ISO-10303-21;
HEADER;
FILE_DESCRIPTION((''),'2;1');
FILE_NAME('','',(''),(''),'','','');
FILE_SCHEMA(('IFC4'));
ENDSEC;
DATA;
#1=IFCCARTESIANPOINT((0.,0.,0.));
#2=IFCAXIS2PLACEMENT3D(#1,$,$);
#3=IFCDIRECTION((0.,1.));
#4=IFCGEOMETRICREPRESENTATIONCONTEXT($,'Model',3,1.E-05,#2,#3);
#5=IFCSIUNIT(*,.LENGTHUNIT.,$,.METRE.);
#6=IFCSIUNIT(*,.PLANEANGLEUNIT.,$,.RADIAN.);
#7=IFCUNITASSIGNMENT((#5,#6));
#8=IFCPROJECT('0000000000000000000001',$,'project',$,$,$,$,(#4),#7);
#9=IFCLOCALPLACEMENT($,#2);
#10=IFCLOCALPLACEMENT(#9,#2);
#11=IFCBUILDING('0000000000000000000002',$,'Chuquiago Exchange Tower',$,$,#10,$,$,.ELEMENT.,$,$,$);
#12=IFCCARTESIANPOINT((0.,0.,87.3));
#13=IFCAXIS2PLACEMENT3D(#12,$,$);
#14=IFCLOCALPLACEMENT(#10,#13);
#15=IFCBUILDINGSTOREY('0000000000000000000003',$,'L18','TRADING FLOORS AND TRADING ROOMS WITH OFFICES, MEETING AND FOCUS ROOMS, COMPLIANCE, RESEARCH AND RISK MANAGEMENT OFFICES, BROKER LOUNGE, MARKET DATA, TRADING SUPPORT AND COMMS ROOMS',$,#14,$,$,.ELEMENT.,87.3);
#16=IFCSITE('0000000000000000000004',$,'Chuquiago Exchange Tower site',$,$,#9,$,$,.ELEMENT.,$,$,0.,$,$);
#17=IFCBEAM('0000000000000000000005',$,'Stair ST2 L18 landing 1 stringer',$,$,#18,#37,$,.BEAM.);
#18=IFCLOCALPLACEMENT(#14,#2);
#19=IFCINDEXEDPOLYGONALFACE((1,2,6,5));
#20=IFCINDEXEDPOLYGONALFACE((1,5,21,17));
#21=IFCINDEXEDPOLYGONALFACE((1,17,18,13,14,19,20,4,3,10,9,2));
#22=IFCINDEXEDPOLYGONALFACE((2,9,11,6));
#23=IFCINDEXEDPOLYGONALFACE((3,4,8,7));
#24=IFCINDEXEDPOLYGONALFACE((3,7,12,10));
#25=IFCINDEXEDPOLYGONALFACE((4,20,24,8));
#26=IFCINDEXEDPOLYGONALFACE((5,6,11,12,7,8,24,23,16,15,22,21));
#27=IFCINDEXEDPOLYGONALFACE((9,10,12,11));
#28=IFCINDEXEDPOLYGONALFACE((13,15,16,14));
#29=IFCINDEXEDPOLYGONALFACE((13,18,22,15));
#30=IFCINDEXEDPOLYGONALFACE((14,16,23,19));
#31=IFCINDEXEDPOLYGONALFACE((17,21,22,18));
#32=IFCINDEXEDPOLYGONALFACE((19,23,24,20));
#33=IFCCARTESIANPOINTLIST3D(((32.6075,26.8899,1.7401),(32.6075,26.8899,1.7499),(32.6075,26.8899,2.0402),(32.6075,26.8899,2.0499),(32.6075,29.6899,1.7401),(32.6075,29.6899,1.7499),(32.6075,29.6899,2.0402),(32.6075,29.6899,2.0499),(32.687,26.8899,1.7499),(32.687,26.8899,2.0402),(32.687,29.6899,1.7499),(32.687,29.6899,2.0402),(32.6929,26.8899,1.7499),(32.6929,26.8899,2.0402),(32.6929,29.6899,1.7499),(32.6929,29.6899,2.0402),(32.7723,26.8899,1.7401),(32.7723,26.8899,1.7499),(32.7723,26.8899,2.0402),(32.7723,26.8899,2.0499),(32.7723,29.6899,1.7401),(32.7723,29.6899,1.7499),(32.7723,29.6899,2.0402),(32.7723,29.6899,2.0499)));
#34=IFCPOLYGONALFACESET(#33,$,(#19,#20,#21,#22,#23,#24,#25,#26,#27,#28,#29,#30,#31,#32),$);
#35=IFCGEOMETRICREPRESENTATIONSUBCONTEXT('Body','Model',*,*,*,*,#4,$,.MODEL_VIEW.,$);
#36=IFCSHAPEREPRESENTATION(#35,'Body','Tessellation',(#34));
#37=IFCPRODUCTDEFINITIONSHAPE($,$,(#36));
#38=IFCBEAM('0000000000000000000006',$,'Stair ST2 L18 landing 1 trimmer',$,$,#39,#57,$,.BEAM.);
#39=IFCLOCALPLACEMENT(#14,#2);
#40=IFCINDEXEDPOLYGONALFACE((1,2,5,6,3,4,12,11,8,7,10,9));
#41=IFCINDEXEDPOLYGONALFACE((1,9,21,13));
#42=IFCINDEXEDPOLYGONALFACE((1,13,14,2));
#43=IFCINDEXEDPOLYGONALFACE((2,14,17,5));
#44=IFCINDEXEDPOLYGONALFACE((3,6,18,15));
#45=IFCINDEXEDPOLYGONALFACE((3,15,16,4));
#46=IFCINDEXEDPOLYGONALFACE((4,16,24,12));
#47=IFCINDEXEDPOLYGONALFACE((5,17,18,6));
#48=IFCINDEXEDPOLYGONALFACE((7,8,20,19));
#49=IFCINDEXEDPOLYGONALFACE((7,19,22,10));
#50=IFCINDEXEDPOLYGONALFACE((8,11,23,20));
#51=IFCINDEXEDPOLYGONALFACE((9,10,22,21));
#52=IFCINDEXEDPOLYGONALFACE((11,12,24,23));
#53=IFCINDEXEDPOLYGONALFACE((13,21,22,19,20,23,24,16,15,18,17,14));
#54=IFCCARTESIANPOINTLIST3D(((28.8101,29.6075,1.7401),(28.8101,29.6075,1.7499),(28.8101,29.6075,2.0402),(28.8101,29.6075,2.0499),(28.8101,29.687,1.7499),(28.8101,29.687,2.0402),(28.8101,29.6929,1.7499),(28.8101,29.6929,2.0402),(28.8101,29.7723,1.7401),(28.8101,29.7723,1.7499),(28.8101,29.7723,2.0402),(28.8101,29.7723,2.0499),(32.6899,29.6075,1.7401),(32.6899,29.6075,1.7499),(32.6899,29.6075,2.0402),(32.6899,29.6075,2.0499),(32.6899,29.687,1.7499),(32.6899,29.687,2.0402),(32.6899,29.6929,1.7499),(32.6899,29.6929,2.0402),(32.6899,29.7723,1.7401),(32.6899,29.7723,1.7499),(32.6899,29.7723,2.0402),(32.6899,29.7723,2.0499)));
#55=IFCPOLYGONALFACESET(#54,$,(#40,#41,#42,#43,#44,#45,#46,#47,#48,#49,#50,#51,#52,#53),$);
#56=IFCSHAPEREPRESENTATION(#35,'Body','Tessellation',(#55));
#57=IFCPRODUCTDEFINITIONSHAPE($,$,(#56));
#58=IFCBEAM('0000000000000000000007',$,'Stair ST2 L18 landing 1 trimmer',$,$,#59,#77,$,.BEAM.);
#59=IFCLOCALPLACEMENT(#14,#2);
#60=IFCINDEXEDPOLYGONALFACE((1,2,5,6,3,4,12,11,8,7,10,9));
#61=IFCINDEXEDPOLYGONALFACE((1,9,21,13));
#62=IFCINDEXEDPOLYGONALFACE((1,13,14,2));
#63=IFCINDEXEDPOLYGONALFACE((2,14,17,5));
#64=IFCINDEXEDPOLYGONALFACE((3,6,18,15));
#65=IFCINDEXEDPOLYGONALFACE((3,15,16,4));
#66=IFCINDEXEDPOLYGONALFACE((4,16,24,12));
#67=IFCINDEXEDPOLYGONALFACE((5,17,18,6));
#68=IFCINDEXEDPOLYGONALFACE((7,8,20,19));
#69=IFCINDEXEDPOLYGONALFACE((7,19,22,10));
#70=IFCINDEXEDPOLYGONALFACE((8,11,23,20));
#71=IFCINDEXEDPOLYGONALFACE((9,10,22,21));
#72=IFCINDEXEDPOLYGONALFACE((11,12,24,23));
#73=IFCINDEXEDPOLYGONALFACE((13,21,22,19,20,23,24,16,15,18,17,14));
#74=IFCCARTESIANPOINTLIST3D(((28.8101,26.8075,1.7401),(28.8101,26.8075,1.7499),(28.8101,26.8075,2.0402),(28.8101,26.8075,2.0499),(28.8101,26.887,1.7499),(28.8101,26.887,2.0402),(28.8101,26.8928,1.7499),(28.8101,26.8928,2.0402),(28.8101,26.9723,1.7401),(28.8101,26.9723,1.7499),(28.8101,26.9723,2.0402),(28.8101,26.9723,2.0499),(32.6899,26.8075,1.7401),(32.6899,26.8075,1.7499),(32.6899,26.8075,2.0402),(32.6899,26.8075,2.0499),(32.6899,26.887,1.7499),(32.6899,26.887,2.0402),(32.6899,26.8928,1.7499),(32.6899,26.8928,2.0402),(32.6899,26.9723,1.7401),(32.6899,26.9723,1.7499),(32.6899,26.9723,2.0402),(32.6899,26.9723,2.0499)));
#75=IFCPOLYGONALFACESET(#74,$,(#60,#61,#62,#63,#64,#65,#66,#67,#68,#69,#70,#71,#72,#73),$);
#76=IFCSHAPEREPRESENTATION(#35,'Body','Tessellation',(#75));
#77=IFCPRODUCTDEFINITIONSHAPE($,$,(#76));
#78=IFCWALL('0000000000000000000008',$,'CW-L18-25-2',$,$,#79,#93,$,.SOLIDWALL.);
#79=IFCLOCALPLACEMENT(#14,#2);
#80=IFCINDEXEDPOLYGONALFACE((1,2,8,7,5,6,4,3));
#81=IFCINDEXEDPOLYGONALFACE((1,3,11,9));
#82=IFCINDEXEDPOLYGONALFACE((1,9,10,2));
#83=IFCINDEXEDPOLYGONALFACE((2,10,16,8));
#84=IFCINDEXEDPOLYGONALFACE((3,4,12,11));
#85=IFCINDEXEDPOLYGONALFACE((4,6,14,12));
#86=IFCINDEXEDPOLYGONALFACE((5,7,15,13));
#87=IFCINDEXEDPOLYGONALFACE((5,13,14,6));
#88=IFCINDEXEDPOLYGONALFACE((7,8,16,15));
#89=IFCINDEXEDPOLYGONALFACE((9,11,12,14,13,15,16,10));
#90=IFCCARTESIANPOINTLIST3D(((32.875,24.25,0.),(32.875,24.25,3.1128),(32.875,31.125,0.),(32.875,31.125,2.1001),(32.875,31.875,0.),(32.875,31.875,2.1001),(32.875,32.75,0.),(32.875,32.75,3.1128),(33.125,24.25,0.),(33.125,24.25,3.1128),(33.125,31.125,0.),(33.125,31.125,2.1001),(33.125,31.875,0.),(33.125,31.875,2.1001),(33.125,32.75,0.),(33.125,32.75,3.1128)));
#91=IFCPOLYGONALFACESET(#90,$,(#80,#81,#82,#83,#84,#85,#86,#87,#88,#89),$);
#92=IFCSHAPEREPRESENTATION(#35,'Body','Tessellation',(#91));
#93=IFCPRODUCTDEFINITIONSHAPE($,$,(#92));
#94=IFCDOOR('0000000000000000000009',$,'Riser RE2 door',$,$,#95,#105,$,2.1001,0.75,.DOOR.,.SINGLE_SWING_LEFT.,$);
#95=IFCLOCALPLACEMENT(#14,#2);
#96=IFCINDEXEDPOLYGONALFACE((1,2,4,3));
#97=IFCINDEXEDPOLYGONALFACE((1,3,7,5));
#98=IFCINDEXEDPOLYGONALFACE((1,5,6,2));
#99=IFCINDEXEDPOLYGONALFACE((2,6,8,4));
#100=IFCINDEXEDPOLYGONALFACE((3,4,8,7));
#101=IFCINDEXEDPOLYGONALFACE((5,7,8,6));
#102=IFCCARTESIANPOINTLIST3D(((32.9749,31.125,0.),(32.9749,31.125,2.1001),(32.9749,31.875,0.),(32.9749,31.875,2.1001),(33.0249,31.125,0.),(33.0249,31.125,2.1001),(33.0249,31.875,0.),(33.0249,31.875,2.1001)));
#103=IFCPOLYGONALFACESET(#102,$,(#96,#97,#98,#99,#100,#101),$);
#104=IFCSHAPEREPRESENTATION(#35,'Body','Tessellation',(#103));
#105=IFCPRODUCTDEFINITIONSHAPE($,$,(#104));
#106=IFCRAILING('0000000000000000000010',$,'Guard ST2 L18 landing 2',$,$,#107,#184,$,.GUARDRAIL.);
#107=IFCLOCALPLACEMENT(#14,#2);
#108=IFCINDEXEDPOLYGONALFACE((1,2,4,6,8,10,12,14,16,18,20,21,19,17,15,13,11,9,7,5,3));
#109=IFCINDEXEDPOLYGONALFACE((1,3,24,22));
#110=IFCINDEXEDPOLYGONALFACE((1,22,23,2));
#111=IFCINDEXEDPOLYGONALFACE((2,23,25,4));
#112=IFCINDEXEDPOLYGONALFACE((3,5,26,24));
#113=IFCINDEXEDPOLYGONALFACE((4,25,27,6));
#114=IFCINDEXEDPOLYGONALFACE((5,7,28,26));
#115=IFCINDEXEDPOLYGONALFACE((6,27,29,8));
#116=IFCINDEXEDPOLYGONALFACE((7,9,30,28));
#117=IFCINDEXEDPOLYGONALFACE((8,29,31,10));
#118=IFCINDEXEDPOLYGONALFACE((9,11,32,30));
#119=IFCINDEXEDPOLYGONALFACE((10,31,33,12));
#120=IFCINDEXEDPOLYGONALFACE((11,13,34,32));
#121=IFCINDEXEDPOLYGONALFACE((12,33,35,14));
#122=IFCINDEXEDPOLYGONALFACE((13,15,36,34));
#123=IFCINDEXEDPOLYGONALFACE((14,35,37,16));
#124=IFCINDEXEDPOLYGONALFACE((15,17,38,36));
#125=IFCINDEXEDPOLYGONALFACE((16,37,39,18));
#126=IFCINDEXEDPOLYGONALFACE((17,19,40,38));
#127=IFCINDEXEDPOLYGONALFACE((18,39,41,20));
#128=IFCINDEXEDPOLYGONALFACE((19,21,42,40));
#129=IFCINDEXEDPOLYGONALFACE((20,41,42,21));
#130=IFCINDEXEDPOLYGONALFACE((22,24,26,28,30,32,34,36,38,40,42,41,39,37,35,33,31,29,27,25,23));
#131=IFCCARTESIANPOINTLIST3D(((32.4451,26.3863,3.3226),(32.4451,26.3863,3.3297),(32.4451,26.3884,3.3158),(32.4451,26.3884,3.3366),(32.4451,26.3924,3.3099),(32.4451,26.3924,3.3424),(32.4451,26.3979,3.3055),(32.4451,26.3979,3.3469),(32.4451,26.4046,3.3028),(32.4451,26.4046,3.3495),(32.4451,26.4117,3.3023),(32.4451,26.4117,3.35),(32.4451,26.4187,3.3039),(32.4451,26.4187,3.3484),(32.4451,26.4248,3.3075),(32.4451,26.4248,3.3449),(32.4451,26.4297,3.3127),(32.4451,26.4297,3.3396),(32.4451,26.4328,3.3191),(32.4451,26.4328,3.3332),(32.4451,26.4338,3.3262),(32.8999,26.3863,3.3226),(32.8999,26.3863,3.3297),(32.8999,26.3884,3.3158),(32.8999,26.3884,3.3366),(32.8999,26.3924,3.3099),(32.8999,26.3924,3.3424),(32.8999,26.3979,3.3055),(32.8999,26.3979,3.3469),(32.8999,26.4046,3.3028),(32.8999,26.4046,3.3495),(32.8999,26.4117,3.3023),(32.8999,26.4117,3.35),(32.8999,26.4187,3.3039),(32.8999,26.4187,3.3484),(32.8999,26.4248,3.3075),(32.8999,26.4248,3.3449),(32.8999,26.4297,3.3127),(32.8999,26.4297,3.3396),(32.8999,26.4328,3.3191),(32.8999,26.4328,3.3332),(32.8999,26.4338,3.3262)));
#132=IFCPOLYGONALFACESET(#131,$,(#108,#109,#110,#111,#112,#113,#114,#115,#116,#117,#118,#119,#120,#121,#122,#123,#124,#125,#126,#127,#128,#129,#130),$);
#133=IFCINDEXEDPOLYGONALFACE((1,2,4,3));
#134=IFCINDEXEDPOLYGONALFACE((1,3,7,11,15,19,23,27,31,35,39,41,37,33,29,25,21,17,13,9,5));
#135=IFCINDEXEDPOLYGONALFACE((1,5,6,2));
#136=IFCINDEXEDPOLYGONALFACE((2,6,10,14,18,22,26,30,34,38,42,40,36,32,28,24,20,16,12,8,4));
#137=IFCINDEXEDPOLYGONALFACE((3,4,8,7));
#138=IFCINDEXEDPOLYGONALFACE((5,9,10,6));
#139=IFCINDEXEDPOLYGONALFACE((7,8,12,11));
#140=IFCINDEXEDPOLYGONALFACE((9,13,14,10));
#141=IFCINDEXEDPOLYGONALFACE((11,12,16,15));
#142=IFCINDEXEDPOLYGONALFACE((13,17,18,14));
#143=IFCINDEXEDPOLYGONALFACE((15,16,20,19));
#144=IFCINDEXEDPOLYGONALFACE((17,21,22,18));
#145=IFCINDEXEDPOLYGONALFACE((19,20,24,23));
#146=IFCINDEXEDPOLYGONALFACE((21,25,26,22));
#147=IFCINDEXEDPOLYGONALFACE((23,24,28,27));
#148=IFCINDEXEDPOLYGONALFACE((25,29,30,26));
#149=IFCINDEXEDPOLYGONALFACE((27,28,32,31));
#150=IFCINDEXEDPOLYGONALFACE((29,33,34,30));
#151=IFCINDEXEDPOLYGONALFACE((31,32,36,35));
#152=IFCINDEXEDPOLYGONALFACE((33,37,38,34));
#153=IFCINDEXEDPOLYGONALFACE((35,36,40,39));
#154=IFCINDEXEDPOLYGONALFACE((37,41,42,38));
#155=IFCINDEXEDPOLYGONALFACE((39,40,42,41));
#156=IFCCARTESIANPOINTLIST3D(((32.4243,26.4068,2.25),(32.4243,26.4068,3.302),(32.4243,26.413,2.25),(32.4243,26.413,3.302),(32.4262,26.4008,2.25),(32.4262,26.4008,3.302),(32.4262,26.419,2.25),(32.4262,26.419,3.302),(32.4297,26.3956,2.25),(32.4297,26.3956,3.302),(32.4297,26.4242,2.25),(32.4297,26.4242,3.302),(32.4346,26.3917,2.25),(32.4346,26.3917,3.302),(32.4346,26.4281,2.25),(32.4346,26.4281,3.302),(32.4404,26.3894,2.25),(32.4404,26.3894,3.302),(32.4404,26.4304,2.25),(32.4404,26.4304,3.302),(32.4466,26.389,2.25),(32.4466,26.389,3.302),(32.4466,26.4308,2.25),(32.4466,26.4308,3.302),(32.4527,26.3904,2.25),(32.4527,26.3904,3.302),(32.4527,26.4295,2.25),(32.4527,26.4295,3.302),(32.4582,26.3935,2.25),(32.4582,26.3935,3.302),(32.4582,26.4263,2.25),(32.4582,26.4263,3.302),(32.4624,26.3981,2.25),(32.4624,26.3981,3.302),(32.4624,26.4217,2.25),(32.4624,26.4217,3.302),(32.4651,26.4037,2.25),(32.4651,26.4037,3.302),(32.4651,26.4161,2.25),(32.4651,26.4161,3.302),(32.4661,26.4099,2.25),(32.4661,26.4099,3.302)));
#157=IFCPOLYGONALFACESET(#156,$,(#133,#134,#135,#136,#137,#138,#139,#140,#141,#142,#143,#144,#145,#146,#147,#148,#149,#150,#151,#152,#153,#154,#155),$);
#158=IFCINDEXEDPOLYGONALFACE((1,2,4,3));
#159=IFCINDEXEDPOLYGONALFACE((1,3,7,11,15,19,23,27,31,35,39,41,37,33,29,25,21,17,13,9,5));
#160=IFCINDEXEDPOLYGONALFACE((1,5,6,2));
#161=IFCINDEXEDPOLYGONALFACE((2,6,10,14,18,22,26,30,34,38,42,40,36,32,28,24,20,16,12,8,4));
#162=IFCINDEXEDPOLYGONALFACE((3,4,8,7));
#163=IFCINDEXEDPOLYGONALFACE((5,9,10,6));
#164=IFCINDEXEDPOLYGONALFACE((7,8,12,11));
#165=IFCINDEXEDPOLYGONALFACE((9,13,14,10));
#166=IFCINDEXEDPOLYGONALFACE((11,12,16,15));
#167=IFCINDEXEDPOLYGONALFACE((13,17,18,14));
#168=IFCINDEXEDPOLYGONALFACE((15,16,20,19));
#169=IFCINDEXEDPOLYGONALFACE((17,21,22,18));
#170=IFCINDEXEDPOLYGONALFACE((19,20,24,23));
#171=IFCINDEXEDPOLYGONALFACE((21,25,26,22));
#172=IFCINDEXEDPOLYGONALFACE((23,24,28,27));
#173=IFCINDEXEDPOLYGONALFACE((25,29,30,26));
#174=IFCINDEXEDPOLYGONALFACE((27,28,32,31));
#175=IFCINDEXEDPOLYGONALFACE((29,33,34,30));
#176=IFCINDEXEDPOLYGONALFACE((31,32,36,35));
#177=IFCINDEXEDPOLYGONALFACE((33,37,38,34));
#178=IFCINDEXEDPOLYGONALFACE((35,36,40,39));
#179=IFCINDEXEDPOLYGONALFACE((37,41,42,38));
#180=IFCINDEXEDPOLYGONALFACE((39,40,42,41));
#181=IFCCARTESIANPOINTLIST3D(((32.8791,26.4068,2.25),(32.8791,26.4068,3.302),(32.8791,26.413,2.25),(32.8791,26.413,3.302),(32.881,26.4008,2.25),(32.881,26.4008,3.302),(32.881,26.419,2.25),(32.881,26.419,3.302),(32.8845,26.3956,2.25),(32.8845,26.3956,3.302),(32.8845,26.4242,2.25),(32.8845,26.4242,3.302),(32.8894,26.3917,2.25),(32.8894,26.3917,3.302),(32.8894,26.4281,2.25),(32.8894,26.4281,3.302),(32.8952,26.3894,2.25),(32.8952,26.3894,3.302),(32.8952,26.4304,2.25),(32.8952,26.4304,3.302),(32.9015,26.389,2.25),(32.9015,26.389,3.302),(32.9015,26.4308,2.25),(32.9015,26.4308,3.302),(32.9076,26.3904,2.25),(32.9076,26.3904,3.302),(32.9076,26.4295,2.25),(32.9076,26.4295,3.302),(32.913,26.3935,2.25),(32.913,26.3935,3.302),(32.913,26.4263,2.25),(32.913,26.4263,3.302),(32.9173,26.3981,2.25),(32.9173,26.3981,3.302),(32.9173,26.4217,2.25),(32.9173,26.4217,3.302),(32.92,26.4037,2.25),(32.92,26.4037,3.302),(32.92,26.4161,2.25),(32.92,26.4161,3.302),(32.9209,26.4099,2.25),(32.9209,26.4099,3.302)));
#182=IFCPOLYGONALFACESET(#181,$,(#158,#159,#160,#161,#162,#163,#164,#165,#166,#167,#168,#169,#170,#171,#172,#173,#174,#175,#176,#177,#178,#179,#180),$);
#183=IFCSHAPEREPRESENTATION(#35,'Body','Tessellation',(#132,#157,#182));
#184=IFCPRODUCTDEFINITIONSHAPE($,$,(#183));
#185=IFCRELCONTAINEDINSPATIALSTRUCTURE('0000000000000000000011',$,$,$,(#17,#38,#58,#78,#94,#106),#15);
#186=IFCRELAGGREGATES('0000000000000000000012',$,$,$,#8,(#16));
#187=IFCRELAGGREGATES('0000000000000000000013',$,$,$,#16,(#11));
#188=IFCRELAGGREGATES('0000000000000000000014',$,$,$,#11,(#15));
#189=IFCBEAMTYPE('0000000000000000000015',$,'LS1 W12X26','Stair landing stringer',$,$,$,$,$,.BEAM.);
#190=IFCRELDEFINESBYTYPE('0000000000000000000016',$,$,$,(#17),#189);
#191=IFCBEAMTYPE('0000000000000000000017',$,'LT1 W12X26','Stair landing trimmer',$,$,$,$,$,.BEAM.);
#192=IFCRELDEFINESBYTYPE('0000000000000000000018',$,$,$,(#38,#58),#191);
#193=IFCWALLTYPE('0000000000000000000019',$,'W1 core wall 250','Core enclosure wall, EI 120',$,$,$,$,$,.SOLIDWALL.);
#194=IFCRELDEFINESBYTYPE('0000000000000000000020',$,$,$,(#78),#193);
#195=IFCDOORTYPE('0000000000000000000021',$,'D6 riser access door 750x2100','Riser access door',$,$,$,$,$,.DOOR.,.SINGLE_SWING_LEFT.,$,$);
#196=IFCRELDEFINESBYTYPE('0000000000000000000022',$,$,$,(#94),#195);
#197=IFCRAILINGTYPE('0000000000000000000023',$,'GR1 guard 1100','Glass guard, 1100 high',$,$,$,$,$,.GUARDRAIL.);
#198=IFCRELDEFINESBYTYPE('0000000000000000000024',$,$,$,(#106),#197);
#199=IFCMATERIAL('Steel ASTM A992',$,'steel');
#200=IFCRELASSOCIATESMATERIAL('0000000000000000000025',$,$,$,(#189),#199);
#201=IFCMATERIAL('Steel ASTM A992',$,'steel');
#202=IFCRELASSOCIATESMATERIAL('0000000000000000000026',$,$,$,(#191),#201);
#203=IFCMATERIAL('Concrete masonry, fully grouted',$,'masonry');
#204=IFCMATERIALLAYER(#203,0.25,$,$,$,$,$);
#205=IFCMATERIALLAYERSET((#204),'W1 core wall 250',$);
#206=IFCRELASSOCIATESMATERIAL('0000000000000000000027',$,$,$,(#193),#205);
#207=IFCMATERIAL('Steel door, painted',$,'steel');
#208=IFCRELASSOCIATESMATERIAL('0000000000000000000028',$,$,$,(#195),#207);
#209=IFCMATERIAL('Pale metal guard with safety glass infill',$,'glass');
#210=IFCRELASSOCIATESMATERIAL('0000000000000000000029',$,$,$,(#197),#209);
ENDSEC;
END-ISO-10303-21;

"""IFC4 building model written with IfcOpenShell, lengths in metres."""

from ifc_helpers import new_model, si_unit, direction, frame, frame_2d, origin, origin_2d, place, context, subcontext, project, spatial, rectangle, circle, i_section, extrude, material, layer, layer_set, material_profile, profile_set, type_object, element, fill, save


model = new_model("IFC4")

# Units and contexts
model_context = context("Model", 3, precision=1e-05, world=origin(), true_north=direction((0.0, 1.0)))
body_context = subcontext(model_context, "Body", "Model", "MODEL_VIEW")
ifc_project = project(units=[si_unit("LENGTHUNIT", "METRE"), si_unit("PLANEANGLEUNIT", "RADIAN")], contexts=[model_context])

# Site, building, storey
site_placement = place(None, origin())
site = spatial("IfcSite", under=ifc_project, at=site_placement, Name="Chuquiago Exchange Tower site", CompositionType="ELEMENT", RefElevation=0.0)
building_placement = place(site_placement, origin())
building = spatial("IfcBuilding", under=site, at=building_placement, Name="Chuquiago Exchange Tower", CompositionType="ELEMENT")
storey_placement = place(building_placement, frame((0.0, 0.0, 87.3)))
storey = spatial("IfcBuildingStorey", under=building, at=storey_placement, Name="L18", Description="TRADING FLOORS AND TRADING ROOMS WITH OFFICES, MEETING AND FOCUS ROOMS, COMPLIANCE, RESEARCH AND RISK MANAGEMENT OFFICES, BROKER LOUNGE, MARKET DATA, TRADING SUPPORT AND COMMS ROOMS", CompositionType="ELEMENT", Elevation=87.3)

# Beams
ifc_material_1 = material(Name="Steel ASTM A992", Category="steel")
ifc_material_profile_1 = material_profile(ifc_material_1, i_section(OverallWidth=0.1648, OverallDepth=0.3098, WebThickness=0.0059, FlangeThickness=0.0098, at=origin_2d()), Name="W12X26")
ifc_profile_set_1 = profile_set([ifc_material_profile_1], Name="Steel ASTM A992")
beam_type_1 = type_object("IfcBeamType", Name="LS1 W12X26", Description="Stair landing stringer", PredefinedType="BEAM", material=ifc_profile_set_1)
for number, where, z_axis, x_axis, name in (
    (1, (32.6899, 26.8899, 1.895), (0.0, 1.0, 0.0), (-1.0, 0.0, 0.0), "Stair ST2 L18 landing 1 stringer"),
):
    element("IfcBeam", number, at=place(storey_placement, frame(where, z_axis=z_axis, x_axis=x_axis)), inside=storey, type_object=beam_type_1, Name=name, PredefinedType="BEAM", context=body_context, shape_type="SweptSolid", body=[
        extrude(i_section(OverallWidth=0.1648, OverallDepth=0.3098, WebThickness=0.0059, FlangeThickness=0.0098, at=origin_2d()), origin(), (0.0, 0.0, 1.0), 2.8),
    ])
ifc_material_2 = material(Name="Steel ASTM A992", Category="steel")
ifc_material_profile_2 = material_profile(ifc_material_2, i_section(OverallWidth=0.1648, OverallDepth=0.3098, WebThickness=0.0059, FlangeThickness=0.0098, at=origin_2d()), Name="W12X26")
ifc_profile_set_2 = profile_set([ifc_material_profile_2], Name="Steel ASTM A992")
beam_type_2 = type_object("IfcBeamType", Name="LT1 W12X26", Description="Stair landing trimmer", PredefinedType="BEAM", material=ifc_profile_set_2)
for number, where, z_axis, x_axis, name in (
    (2, (28.8101, 29.6899, 1.895), (1.0, 0.0, 0.0), (0.0, 1.0, 0.0), "Stair ST2 L18 landing 1 trimmer"),
    (3, (28.8101, 26.8899, 1.895), (1.0, 0.0, 0.0), (0.0, 1.0, 0.0), "Stair ST2 L18 landing 1 trimmer"),
):
    element("IfcBeam", number, at=place(storey_placement, frame(where, z_axis=z_axis, x_axis=x_axis)), inside=storey, type_object=beam_type_2, Name=name, PredefinedType="BEAM", context=body_context, shape_type="SweptSolid", body=[
        extrude(i_section(OverallWidth=0.1648, OverallDepth=0.3098, WebThickness=0.0059, FlangeThickness=0.0098, at=origin_2d()), origin(), (0.0, 0.0, 1.0), 3.8799),
    ])

# Wall, opening, door
ifc_material_3 = material(Name="Concrete masonry, fully grouted", Category="masonry")
ifc_layer = layer(ifc_material_3, 0.25)
ifc_layer_set = layer_set([ifc_layer], Name="W1 core wall 250")
wall_type = type_object("IfcWallType", Name="W1 core wall 250", Description="Core enclosure wall, EI 120", PredefinedType="SOLIDWALL", material=ifc_layer_set)
wall_placement = place(storey_placement, frame((33.0, 24.25, 0.0), z_axis=(0.0, 0.0, 1.0), x_axis=(0.0, 1.0, 0.0)))
wall = element("IfcWall", 4, at=wall_placement, inside=storey, type_object=wall_type, Name="CW-L18-25-2", PredefinedType="SOLIDWALL", context=body_context, shape_type="SweptSolid", body=[
    extrude(rectangle(XDim=8.5, YDim=0.25, at=frame_2d((4.25, 0.0))), origin(), (0.0, 0.0, 1.0), 3.1128),
])
opening_placement = place(wall_placement, frame((6.875, 0.0, 0.0)))
opening = element("IfcOpeningElement", 5, at=opening_placement, cuts=wall, PredefinedType="OPENING", context=body_context, shape_type="SweptSolid", body=[
    extrude(rectangle(XDim=0.75, YDim=2.1001, at=frame_2d((0.375, 1.05))), frame((0.0, 0.135, 0.0), z_axis=(0.0, -1.0, 0.0), x_axis=(1.0, 0.0, 0.0)), (0.0, 0.0, 1.0), 0.27),
])
ifc_material_4 = material(Name="Steel door, painted", Category="steel")
door_type = type_object("IfcDoorType", Name="D6 riser access door 750x2100", Description="Riser access door", OperationType="SINGLE_SWING_LEFT", PredefinedType="DOOR", material=ifc_material_4)
door_placement = place(opening_placement, frame((0.75, 0.0, 0.0), z_axis=(0.0, 0.0, 1.0), x_axis=(-1.0, 0.0, 0.0)))
door = element("IfcDoor", 6, at=door_placement, inside=storey, type_object=door_type, Name="Riser RE2 door", OperationType="SINGLE_SWING_LEFT", OverallHeight=2.1001, OverallWidth=0.75, PredefinedType="DOOR", context=body_context, shape_type="SweptSolid", body=[
    extrude(rectangle(XDim=0.75, YDim=2.1001, at=frame_2d((0.375, 1.05))), frame((0.0, 0.0249, 0.0), z_axis=(0.0, -1.0, 0.0), x_axis=(1.0, 0.0, 0.0)), (0.0, 0.0, 1.0), 0.05),
])
fill(opening, door)

# Railing
ifc_material_5 = material(Name="Pale metal guard with safety glass infill", Category="glass")
railing_type_1 = type_object("IfcRailingType", Name="GR1 guard 1100", Description="Glass guard, 1100 high", PredefinedType="GUARDRAIL", material=ifc_material_5)
railing_placement = place(storey_placement, frame((32.4451, 26.4099, 2.25)))
element("IfcRailing", 7, at=railing_placement, inside=storey, type_object=railing_type_1, Name="Guard ST2 L18 landing 2", PredefinedType="GUARDRAIL", context=body_context, shape_type="SweptSolid", body=[
    extrude(circle(Radius=0.0239, at=origin_2d()), frame((0.0, 0.0, 1.0762), z_axis=(1.0, 0.0, 0.0), x_axis=(0.0, 1.0, 0.0)), (0.0, 0.0, 1.0), 0.4548),
    extrude(circle(Radius=0.021, at=origin_2d()), origin(), (0.0, 0.0, 1.0), 1.052),
    extrude(circle(Radius=0.021, at=origin_2d()), frame((0.4548, 0.0, 0.0)), (0.0, 0.0, 1.0), 1.052),
])

save(model, "model.ifc")
